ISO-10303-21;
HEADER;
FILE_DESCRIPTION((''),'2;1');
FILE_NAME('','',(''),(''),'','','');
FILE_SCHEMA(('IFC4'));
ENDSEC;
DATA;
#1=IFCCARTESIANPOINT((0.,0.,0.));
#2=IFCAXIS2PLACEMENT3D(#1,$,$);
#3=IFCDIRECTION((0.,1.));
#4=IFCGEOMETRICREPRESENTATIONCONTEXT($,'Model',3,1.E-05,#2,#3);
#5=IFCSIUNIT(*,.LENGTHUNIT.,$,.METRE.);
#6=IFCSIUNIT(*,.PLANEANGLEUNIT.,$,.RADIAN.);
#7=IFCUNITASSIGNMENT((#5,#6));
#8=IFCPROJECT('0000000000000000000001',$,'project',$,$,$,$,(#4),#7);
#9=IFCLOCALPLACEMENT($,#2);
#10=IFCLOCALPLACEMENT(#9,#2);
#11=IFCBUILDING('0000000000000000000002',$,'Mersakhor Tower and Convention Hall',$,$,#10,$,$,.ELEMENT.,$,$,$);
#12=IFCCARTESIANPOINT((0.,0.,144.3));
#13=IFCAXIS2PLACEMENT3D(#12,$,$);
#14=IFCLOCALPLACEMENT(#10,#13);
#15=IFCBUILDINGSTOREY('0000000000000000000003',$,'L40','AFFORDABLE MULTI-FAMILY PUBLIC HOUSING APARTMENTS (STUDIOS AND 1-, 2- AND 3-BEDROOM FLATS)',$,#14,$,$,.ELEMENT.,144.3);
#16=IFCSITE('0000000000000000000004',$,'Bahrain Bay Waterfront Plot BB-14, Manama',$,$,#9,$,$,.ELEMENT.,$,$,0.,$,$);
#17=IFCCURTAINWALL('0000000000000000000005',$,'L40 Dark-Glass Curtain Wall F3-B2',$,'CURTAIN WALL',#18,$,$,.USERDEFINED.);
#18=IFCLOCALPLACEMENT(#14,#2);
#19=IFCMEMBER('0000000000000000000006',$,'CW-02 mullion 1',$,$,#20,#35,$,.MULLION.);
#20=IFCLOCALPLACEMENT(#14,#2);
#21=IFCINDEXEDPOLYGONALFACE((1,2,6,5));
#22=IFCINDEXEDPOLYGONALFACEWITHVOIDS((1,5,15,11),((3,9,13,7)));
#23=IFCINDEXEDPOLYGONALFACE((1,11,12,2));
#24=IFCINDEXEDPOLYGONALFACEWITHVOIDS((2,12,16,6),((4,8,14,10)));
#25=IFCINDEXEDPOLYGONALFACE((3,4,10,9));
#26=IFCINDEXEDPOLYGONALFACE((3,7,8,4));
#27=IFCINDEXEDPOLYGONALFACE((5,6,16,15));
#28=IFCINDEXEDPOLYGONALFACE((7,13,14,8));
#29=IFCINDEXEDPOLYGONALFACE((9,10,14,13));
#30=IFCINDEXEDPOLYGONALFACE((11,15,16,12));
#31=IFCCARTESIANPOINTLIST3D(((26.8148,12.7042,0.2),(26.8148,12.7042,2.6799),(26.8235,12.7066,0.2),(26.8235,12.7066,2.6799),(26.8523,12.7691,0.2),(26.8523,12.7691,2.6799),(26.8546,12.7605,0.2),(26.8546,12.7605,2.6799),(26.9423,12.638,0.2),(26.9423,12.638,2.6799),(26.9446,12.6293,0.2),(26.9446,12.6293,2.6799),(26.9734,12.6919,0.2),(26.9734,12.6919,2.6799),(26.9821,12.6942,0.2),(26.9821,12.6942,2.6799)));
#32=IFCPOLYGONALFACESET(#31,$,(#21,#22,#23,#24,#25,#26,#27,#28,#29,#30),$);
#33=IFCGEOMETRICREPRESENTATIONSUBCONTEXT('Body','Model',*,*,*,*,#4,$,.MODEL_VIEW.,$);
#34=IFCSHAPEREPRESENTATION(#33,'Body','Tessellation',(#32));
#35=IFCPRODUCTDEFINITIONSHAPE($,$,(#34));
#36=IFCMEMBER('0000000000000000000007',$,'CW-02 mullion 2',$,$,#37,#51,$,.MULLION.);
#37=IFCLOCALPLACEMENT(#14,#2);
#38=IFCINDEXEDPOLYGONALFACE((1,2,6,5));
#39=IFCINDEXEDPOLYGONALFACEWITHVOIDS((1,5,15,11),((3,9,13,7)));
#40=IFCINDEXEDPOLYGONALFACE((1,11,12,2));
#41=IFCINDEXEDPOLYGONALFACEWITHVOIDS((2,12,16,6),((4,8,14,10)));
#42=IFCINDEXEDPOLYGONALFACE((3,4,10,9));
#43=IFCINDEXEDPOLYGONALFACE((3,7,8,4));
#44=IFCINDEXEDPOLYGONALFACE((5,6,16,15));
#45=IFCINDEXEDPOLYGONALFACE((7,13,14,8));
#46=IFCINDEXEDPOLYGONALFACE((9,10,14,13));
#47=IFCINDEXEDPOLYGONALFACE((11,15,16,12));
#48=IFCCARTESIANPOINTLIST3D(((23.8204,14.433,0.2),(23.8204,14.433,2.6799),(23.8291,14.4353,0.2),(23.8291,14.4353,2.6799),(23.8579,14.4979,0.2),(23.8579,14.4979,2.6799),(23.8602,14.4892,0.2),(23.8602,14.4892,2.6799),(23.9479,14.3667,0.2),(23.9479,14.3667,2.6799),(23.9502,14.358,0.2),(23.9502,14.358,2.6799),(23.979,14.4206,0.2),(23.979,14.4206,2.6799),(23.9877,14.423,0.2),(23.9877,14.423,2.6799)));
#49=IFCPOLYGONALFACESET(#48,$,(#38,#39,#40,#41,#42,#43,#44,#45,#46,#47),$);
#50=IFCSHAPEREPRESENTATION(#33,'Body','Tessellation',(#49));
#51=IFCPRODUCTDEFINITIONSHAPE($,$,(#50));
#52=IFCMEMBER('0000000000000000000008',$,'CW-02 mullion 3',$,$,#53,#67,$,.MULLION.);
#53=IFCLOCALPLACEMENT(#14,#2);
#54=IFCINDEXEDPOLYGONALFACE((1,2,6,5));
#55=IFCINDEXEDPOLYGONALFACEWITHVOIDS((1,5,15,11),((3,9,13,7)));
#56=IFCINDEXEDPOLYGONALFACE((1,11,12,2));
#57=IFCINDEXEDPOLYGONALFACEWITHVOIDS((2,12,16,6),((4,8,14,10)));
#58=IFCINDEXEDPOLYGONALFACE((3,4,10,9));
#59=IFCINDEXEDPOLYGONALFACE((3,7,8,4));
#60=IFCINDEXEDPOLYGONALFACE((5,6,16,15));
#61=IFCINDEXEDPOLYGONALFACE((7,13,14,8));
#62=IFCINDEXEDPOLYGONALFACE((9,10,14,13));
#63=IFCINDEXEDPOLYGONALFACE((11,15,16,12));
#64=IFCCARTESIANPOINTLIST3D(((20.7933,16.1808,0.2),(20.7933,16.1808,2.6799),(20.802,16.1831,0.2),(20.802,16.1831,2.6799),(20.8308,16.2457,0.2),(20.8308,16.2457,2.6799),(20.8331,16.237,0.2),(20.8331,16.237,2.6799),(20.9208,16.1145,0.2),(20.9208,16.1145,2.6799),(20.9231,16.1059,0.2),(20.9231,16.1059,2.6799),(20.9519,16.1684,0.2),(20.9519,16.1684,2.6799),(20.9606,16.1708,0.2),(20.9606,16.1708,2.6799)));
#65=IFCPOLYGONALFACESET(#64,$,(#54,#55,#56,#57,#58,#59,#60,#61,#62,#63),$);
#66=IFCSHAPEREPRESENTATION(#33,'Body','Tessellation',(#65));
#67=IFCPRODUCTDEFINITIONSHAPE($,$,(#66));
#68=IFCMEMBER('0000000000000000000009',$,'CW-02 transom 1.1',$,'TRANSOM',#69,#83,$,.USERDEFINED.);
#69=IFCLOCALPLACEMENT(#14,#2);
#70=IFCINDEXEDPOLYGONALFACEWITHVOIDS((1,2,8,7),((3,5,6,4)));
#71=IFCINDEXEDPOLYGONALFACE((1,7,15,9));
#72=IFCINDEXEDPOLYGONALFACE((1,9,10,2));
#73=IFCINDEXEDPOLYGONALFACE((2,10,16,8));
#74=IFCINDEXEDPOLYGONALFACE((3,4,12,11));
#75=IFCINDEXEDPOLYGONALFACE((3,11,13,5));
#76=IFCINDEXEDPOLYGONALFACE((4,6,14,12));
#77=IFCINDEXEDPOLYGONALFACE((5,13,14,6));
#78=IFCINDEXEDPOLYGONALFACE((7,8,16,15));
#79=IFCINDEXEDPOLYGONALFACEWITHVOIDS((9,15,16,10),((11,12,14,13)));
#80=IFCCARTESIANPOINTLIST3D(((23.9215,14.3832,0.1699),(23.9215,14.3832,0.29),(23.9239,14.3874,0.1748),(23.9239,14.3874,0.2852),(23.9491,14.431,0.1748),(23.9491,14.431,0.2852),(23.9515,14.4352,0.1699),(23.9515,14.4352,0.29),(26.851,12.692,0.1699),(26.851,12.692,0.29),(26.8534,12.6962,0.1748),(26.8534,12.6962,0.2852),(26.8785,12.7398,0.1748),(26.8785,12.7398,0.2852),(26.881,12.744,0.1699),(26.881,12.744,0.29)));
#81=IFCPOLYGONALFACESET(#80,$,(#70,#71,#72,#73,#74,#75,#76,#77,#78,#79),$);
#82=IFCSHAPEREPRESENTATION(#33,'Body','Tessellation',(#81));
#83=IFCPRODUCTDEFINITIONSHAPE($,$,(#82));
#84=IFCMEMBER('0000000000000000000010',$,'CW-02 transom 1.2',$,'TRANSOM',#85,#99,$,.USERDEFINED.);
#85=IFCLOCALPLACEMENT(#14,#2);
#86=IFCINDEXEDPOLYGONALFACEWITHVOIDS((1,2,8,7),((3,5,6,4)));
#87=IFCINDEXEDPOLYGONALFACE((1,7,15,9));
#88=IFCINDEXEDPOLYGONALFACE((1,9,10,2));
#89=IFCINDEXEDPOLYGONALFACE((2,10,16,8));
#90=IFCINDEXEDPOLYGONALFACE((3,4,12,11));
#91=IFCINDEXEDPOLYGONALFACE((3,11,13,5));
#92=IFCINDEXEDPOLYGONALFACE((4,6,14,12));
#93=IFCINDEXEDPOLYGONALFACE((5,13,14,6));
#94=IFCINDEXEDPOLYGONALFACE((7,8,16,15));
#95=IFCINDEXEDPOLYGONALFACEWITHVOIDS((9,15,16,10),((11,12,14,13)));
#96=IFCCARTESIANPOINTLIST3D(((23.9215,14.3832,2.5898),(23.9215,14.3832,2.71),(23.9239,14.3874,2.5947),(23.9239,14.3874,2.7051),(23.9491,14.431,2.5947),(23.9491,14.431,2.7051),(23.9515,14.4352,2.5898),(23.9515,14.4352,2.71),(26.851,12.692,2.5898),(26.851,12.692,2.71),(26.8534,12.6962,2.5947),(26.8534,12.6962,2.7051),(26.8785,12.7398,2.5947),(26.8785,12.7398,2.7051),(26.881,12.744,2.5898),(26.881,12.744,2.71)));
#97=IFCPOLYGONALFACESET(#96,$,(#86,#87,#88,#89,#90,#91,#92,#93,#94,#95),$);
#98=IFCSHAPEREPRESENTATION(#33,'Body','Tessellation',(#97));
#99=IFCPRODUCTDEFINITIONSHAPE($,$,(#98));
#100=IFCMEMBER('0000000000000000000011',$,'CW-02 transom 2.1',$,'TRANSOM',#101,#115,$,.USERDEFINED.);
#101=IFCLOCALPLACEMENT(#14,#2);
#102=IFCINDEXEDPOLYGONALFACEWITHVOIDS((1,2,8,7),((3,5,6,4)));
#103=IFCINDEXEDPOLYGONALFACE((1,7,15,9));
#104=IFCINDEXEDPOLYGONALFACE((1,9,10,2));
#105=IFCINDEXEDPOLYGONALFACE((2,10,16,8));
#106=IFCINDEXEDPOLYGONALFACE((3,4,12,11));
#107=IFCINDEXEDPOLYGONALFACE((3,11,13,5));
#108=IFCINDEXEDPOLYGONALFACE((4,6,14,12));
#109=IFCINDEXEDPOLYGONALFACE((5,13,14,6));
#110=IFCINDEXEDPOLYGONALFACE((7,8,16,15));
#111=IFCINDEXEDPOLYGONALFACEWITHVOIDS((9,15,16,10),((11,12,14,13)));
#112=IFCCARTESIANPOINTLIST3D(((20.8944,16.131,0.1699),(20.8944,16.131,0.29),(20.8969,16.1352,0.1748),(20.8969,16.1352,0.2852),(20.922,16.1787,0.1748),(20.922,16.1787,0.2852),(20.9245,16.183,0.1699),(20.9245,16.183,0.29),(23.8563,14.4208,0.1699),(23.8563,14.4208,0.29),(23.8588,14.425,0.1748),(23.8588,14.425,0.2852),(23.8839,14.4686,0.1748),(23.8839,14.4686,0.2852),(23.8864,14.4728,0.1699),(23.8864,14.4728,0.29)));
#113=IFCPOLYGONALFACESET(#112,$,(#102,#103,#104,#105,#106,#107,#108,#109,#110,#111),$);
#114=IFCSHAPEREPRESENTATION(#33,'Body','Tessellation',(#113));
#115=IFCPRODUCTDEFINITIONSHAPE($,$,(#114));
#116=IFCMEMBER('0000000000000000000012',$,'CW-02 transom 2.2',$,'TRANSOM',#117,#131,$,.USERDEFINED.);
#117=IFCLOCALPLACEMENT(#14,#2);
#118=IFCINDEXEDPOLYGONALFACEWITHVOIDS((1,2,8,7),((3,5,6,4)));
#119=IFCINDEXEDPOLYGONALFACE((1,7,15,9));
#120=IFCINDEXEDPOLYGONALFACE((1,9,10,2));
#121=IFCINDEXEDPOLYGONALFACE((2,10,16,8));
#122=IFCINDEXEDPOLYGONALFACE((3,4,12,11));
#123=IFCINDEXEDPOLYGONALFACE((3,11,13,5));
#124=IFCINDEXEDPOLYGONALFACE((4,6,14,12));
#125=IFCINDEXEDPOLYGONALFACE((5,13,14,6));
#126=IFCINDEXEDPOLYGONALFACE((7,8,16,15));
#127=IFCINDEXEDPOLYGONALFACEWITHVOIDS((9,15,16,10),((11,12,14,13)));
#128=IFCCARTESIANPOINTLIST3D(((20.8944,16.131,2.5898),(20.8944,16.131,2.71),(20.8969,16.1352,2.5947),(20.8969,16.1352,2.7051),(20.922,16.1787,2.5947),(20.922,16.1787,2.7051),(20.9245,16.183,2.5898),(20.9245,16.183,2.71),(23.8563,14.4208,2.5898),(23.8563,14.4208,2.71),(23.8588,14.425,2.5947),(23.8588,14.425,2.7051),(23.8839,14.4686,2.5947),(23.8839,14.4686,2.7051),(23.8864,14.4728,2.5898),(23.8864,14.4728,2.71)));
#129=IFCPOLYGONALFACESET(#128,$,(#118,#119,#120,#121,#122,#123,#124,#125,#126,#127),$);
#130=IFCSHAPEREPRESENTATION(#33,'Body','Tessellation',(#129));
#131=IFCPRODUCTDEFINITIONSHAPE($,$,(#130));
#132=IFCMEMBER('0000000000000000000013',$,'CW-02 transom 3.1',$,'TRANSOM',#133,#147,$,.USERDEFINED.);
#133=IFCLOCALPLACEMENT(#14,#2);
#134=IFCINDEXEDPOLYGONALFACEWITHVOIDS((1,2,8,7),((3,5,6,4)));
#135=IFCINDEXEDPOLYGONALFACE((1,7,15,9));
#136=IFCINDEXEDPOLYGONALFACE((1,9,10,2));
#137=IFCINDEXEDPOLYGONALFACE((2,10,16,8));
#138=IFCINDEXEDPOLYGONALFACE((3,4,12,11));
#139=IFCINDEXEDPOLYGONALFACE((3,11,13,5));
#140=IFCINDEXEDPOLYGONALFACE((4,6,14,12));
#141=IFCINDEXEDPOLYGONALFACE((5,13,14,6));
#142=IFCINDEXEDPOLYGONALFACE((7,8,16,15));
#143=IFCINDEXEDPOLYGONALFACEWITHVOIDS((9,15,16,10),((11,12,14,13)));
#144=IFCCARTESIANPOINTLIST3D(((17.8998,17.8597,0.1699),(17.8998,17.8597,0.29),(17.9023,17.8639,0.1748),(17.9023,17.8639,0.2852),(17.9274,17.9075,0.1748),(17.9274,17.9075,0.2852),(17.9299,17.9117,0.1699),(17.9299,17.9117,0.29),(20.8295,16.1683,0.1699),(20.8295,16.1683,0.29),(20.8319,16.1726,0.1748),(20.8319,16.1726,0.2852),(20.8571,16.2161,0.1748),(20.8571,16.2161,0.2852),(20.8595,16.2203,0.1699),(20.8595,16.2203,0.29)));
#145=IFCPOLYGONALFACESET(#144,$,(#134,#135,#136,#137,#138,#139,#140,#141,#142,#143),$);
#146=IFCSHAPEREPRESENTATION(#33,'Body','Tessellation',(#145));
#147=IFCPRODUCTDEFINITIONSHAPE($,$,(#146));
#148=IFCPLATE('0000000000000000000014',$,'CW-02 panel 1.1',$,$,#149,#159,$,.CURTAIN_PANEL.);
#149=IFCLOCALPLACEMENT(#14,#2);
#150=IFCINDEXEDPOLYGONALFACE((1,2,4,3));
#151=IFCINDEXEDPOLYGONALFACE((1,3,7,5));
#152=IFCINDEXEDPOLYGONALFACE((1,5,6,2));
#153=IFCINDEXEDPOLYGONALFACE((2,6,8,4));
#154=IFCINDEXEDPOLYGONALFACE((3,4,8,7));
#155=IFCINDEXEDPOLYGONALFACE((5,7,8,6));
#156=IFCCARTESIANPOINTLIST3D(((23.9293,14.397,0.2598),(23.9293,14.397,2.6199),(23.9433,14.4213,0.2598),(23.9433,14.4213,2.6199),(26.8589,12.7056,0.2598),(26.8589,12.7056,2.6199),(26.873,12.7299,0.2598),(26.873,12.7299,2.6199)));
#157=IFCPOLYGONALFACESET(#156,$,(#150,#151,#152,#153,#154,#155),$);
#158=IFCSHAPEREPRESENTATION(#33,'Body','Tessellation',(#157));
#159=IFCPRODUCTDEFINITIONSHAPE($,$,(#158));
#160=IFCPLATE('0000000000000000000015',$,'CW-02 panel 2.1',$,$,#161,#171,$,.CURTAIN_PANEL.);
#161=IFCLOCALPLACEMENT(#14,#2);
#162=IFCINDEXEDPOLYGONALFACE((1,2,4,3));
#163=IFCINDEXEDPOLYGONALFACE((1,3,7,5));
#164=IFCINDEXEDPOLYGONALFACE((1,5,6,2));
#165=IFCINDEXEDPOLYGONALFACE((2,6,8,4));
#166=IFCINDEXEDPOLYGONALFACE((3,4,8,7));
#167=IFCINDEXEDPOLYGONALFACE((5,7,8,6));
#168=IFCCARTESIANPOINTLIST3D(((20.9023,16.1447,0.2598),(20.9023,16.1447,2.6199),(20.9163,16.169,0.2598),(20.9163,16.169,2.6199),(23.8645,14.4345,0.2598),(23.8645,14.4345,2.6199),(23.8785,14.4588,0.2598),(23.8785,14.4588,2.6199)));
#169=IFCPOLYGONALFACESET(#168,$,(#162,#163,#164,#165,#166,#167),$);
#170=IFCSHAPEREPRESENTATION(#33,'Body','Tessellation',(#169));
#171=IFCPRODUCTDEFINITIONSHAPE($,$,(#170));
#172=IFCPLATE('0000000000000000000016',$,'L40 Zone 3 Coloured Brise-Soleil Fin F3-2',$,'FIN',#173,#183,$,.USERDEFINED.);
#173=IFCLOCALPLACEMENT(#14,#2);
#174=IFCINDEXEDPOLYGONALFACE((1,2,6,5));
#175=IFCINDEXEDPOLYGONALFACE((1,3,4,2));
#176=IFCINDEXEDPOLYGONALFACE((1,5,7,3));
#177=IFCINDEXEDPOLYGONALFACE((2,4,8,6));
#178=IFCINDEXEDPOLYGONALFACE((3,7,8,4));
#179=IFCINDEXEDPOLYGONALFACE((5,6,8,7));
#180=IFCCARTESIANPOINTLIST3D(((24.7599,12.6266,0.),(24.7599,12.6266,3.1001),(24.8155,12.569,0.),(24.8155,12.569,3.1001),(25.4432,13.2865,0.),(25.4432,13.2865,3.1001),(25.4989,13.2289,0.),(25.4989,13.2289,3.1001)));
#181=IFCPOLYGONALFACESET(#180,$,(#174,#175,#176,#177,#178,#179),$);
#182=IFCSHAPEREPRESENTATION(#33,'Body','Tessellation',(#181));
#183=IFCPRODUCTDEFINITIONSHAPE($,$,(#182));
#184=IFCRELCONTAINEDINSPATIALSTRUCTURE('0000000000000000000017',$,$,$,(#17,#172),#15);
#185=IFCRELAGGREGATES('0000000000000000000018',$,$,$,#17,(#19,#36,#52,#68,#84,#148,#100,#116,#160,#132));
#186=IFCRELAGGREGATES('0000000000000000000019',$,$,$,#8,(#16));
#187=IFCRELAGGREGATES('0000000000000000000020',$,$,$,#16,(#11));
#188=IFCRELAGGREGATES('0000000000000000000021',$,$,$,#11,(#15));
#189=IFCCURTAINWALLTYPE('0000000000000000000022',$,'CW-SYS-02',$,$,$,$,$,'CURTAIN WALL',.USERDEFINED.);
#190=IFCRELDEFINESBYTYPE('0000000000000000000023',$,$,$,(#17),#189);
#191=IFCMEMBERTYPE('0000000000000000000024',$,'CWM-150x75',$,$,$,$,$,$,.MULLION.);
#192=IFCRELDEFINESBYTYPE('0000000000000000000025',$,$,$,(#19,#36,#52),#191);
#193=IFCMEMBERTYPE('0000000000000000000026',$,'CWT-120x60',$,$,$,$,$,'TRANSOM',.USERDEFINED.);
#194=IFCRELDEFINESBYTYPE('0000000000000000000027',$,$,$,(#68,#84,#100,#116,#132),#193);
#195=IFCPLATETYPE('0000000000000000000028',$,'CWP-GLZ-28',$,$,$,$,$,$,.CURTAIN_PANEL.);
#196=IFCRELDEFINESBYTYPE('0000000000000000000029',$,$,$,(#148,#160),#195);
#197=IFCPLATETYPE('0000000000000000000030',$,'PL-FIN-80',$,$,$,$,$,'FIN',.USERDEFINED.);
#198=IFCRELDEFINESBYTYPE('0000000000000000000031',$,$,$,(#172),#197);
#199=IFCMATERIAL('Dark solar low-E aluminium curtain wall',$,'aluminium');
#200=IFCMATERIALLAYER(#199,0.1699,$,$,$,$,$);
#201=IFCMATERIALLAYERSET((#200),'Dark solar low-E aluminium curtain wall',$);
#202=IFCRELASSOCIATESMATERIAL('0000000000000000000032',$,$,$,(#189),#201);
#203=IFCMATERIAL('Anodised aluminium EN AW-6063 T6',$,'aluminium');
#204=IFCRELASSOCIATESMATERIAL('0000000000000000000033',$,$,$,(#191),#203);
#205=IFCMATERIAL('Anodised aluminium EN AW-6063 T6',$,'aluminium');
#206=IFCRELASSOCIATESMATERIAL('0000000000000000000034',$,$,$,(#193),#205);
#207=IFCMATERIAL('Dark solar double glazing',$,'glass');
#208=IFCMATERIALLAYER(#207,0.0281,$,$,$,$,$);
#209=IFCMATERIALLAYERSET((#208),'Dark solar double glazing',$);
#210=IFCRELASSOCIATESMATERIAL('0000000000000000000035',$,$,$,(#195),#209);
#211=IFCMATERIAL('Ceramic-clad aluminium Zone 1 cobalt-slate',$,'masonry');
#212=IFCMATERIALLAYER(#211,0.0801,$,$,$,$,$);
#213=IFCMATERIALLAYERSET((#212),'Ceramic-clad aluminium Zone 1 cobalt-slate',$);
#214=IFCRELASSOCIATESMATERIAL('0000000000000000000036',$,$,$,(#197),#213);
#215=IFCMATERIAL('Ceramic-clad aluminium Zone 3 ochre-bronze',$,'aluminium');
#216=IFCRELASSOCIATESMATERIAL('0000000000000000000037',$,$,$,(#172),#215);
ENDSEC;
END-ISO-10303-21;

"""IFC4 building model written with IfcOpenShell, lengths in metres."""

from ifc_helpers import new_model, si_unit, direction, frame, origin, origin_2d, place, context, subcontext, project, spatial, rectangle, hollow_rectangle, extrude, material, layer, layer_set, material_profile, profile_set, type_object, element, aggregate, save


model = new_model("IFC4")

# Units and contexts
model_context = context("Model", 3, precision=1e-05, world=origin(), true_north=direction((0.0, 1.0)))
body_context = subcontext(model_context, "Body", "Model", "MODEL_VIEW")
ifc_project = project(units=[si_unit("LENGTHUNIT", "METRE"), si_unit("PLANEANGLEUNIT", "RADIAN")], contexts=[model_context])

# Site, building, storey
site_placement = place(None, origin())
site = spatial("IfcSite", under=ifc_project, at=site_placement, Name="Bahrain Bay Waterfront Plot BB-14, Manama", CompositionType="ELEMENT", RefElevation=0.0)
building_placement = place(site_placement, origin())
building = spatial("IfcBuilding", under=site, at=building_placement, Name="Mersakhor Tower and Convention Hall", CompositionType="ELEMENT")
storey_placement = place(building_placement, frame((0.0, 0.0, 144.3)))
storey = spatial("IfcBuildingStorey", under=building, at=storey_placement, Name="L40", Description="AFFORDABLE MULTI-FAMILY PUBLIC HOUSING APARTMENTS (STUDIOS AND 1-, 2- AND 3-BEDROOM FLATS)", CompositionType="ELEMENT", Elevation=144.3)

# Curtain wall, members, plates
ifc_material_1 = material(Name="Dark solar low-E aluminium curtain wall", Category="aluminium")
ifc_layer_1 = layer(ifc_material_1, 0.1699)
ifc_layer_set_1 = layer_set([ifc_layer_1], Name="Dark solar low-E aluminium curtain wall")
curtain_wall_type = type_object("IfcCurtainWallType", Name="CW-SYS-02", ElementType="CURTAIN WALL", PredefinedType="USERDEFINED", material=ifc_layer_set_1)
curtain_wall_placement = place(storey_placement, origin())
curtain_wall = element("IfcCurtainWall", 1, at=curtain_wall_placement, inside=storey, type_object=curtain_wall_type, Name="L40 Dark-Glass Curtain Wall F3-B2", ObjectType="CURTAIN WALL", PredefinedType="USERDEFINED")
ifc_material_2 = material(Name="Anodised aluminium EN AW-6063 T6", Category="aluminium")
ifc_material_profile_1 = material_profile(ifc_material_2, hollow_rectangle(XDim=0.075, YDim=0.1499, WallThickness=0.0063, at=origin_2d()), Name="RHS 150x75x6.3")
ifc_profile_set_1 = profile_set([ifc_material_profile_1], Name="Anodised aluminium EN AW-6063 T6")
member_type_1 = type_object("IfcMemberType", Name="CWM-150x75", PredefinedType="MULLION", material=ifc_profile_set_1)
member_1_placement = place(storey_placement, frame((26.8984, 12.6992, 0.2), z_axis=(0.0, 0.0, 1.0), x_axis=(-0.49999, -0.866031, 0.0)))
member_1 = element("IfcMember", 2, at=member_1_placement, type_object=member_type_1, Name="CW-02 mullion 1", PredefinedType="MULLION", context=body_context, shape_type="SweptSolid", body=[
    extrude(hollow_rectangle(XDim=0.075, YDim=0.1499, WallThickness=0.0063, at=origin_2d()), origin(), (0.0, 0.0, 1.0), 2.48),
])
member_2_placement = place(storey_placement, frame((23.9041, 14.428, 0.2), z_axis=(0.0, 0.0, 1.0), x_axis=(-0.49999, -0.866031, 0.0)))
member_2 = element("IfcMember", 3, at=member_2_placement, type_object=member_type_1, Name="CW-02 mullion 2", PredefinedType="MULLION", context=body_context, shape_type="SweptSolid", body=[
    extrude(hollow_rectangle(XDim=0.075, YDim=0.1499, WallThickness=0.0063, at=origin_2d()), origin(), (0.0, 0.0, 1.0), 2.48),
])
member_3_placement = place(storey_placement, frame((20.877, 16.1758, 0.2), z_axis=(0.0, 0.0, 1.0), x_axis=(-0.49999, -0.866031, 0.0)))
member_3 = element("IfcMember", 4, at=member_3_placement, type_object=member_type_1, Name="CW-02 mullion 3", PredefinedType="MULLION", context=body_context, shape_type="SweptSolid", body=[
    extrude(hollow_rectangle(XDim=0.075, YDim=0.1499, WallThickness=0.0063, at=origin_2d()), origin(), (0.0, 0.0, 1.0), 2.48),
])
ifc_material_3 = material(Name="Anodised aluminium EN AW-6063 T6", Category="aluminium")
ifc_material_profile_2 = material_profile(ifc_material_3, hollow_rectangle(XDim=0.0601, YDim=0.1201, WallThickness=0.0049, at=origin_2d()), Name="RHS 120x60x5")
ifc_profile_set_2 = profile_set([ifc_material_profile_2], Name="Anodised aluminium EN AW-6063 T6")
member_type_2 = type_object("IfcMemberType", Name="CWT-120x60", ElementType="TRANSOM", PredefinedType="USERDEFINED", material=ifc_profile_set_2)
member_4_placement = place(storey_placement, frame((26.866, 12.718, 0.23), z_axis=(-0.866045, 0.499966, 0.0), x_axis=(-0.499966, -0.866045, 0.0)))
member_4 = element("IfcMember", 5, at=member_4_placement, type_object=member_type_2, Name="CW-02 transom 1.1", ObjectType="TRANSOM", PredefinedType="USERDEFINED", context=body_context, shape_type="SweptSolid", body=[
    extrude(hollow_rectangle(XDim=0.0601, YDim=0.1201, WallThickness=0.0049, at=origin_2d()), origin(), (0.0, 0.0, 1.0), 3.3826),
])
member_5_placement = place(storey_placement, frame((26.866, 12.718, 2.6499), z_axis=(-0.866045, 0.499966, 0.0), x_axis=(-0.499966, -0.866045, 0.0)))
member_5 = element("IfcMember", 6, at=member_5_placement, type_object=member_type_2, Name="CW-02 transom 1.2", ObjectType="TRANSOM", PredefinedType="USERDEFINED", context=body_context, shape_type="SweptSolid", body=[
    extrude(hollow_rectangle(XDim=0.0601, YDim=0.1201, WallThickness=0.0049, at=origin_2d()), origin(), (0.0, 0.0, 1.0), 3.3826),
])
member_6_placement = place(storey_placement, frame((23.8713, 14.4468, 0.23), z_axis=(-0.866007, 0.500031, 0.0), x_axis=(-0.500031, -0.866007, 0.0)))
member_6 = element("IfcMember", 7, at=member_6_placement, type_object=member_type_2, Name="CW-02 transom 2.1", ObjectType="TRANSOM", PredefinedType="USERDEFINED", context=body_context, shape_type="SweptSolid", body=[
    extrude(hollow_rectangle(XDim=0.0601, YDim=0.1201, WallThickness=0.0049, at=origin_2d()), origin(), (0.0, 0.0, 1.0), 3.4202),
])
member_7_placement = place(storey_placement, frame((23.8713, 14.4468, 2.6499), z_axis=(-0.866007, 0.500031, 0.0), x_axis=(-0.500031, -0.866007, 0.0)))
member_7 = element("IfcMember", 8, at=member_7_placement, type_object=member_type_2, Name="CW-02 transom 2.2", ObjectType="TRANSOM", PredefinedType="USERDEFINED", context=body_context, shape_type="SweptSolid", body=[
    extrude(hollow_rectangle(XDim=0.0601, YDim=0.1201, WallThickness=0.0049, at=origin_2d()), origin(), (0.0, 0.0, 1.0), 3.4202),
])
member_8_placement = place(storey_placement, frame((20.8445, 16.1943, 0.23), z_axis=(-0.866032, 0.499989, 0.0), x_axis=(-0.499989, -0.866032, 0.0)))
member_8 = element("IfcMember", 9, at=member_8_placement, type_object=member_type_2, Name="CW-02 transom 3.1", ObjectType="TRANSOM", PredefinedType="USERDEFINED", context=body_context, shape_type="SweptSolid", body=[
    extrude(hollow_rectangle(XDim=0.0601, YDim=0.1201, WallThickness=0.0049, at=origin_2d()), origin(), (0.0, 0.0, 1.0), 3.3828),
])
ifc_material_4 = material(Name="Dark solar double glazing", Category="glass")
ifc_layer_2 = layer(ifc_material_4, 0.0281)
ifc_layer_set_2 = layer_set([ifc_layer_2], Name="Dark solar double glazing")
plate_type_1 = type_object("IfcPlateType", Name="CWP-GLZ-28", PredefinedType="CURTAIN_PANEL", material=ifc_layer_set_2)
plate_1_placement = place(storey_placement, frame((25.4011, 13.5635, 0.2598), z_axis=(0.0, 0.0, 1.0), x_axis=(-0.866031, 0.49999, 0.0)))
plate_1 = element("IfcPlate", 10, at=plate_1_placement, type_object=plate_type_1, Name="CW-02 panel 1.1", PredefinedType="CURTAIN_PANEL", context=body_context, shape_type="SweptSolid", body=[
    extrude(rectangle(XDim=3.3828, YDim=0.0281, at=origin_2d()), origin(), (0.0, 0.0, 1.0), 2.3601),
])
plate_2_placement = place(storey_placement, frame((22.3904, 15.3018, 0.2598), z_axis=(0.0, 0.0, 1.0), x_axis=(-0.866031, 0.49999, 0.0)))
plate_2 = element("IfcPlate", 11, at=plate_2_placement, type_object=plate_type_1, Name="CW-02 panel 2.1", PredefinedType="CURTAIN_PANEL", context=body_context, shape_type="SweptSolid", body=[
    extrude(rectangle(XDim=3.4204, YDim=0.0281, at=origin_2d()), origin(), (0.0, 0.0, 1.0), 2.3601),
])
aggregate(curtain_wall, [member_1, member_2, member_3, member_4, member_5, plate_1, member_6, member_7, plate_2, member_8])

# Plate
ifc_material_5 = material(Name="Ceramic-clad aluminium Zone 3 ochre-bronze", Category="aluminium")
ifc_material_6 = material(Name="Ceramic-clad aluminium Zone 1 cobalt-slate", Category="masonry")
ifc_layer_3 = layer(ifc_material_6, 0.0801)
ifc_layer_set_3 = layer_set([ifc_layer_3], Name="Ceramic-clad aluminium Zone 1 cobalt-slate")
plate_type_2 = type_object("IfcPlateType", Name="PL-FIN-80", ElementType="FIN", PredefinedType="USERDEFINED", material=ifc_layer_set_3)
plate_3_placement = place(storey_placement, frame((25.1294, 12.9277, 0.0), z_axis=(0.0, 0.0, 1.0), x_axis=(-0.71934, -0.694658, 0.0)))
element("IfcPlate", 12, at=plate_3_placement, inside=storey, type_object=plate_type_2, material=ifc_material_5, Name="L40 Zone 3 Coloured Brise-Soleil Fin F3-2", ObjectType="FIN", PredefinedType="USERDEFINED", context=body_context, shape_type="SweptSolid", body=[
    extrude(rectangle(XDim=0.95, YDim=0.0801, at=origin_2d()), origin(), (0.0, 0.0, 1.0), 3.1001),
])

save(model, "model.ifc")
